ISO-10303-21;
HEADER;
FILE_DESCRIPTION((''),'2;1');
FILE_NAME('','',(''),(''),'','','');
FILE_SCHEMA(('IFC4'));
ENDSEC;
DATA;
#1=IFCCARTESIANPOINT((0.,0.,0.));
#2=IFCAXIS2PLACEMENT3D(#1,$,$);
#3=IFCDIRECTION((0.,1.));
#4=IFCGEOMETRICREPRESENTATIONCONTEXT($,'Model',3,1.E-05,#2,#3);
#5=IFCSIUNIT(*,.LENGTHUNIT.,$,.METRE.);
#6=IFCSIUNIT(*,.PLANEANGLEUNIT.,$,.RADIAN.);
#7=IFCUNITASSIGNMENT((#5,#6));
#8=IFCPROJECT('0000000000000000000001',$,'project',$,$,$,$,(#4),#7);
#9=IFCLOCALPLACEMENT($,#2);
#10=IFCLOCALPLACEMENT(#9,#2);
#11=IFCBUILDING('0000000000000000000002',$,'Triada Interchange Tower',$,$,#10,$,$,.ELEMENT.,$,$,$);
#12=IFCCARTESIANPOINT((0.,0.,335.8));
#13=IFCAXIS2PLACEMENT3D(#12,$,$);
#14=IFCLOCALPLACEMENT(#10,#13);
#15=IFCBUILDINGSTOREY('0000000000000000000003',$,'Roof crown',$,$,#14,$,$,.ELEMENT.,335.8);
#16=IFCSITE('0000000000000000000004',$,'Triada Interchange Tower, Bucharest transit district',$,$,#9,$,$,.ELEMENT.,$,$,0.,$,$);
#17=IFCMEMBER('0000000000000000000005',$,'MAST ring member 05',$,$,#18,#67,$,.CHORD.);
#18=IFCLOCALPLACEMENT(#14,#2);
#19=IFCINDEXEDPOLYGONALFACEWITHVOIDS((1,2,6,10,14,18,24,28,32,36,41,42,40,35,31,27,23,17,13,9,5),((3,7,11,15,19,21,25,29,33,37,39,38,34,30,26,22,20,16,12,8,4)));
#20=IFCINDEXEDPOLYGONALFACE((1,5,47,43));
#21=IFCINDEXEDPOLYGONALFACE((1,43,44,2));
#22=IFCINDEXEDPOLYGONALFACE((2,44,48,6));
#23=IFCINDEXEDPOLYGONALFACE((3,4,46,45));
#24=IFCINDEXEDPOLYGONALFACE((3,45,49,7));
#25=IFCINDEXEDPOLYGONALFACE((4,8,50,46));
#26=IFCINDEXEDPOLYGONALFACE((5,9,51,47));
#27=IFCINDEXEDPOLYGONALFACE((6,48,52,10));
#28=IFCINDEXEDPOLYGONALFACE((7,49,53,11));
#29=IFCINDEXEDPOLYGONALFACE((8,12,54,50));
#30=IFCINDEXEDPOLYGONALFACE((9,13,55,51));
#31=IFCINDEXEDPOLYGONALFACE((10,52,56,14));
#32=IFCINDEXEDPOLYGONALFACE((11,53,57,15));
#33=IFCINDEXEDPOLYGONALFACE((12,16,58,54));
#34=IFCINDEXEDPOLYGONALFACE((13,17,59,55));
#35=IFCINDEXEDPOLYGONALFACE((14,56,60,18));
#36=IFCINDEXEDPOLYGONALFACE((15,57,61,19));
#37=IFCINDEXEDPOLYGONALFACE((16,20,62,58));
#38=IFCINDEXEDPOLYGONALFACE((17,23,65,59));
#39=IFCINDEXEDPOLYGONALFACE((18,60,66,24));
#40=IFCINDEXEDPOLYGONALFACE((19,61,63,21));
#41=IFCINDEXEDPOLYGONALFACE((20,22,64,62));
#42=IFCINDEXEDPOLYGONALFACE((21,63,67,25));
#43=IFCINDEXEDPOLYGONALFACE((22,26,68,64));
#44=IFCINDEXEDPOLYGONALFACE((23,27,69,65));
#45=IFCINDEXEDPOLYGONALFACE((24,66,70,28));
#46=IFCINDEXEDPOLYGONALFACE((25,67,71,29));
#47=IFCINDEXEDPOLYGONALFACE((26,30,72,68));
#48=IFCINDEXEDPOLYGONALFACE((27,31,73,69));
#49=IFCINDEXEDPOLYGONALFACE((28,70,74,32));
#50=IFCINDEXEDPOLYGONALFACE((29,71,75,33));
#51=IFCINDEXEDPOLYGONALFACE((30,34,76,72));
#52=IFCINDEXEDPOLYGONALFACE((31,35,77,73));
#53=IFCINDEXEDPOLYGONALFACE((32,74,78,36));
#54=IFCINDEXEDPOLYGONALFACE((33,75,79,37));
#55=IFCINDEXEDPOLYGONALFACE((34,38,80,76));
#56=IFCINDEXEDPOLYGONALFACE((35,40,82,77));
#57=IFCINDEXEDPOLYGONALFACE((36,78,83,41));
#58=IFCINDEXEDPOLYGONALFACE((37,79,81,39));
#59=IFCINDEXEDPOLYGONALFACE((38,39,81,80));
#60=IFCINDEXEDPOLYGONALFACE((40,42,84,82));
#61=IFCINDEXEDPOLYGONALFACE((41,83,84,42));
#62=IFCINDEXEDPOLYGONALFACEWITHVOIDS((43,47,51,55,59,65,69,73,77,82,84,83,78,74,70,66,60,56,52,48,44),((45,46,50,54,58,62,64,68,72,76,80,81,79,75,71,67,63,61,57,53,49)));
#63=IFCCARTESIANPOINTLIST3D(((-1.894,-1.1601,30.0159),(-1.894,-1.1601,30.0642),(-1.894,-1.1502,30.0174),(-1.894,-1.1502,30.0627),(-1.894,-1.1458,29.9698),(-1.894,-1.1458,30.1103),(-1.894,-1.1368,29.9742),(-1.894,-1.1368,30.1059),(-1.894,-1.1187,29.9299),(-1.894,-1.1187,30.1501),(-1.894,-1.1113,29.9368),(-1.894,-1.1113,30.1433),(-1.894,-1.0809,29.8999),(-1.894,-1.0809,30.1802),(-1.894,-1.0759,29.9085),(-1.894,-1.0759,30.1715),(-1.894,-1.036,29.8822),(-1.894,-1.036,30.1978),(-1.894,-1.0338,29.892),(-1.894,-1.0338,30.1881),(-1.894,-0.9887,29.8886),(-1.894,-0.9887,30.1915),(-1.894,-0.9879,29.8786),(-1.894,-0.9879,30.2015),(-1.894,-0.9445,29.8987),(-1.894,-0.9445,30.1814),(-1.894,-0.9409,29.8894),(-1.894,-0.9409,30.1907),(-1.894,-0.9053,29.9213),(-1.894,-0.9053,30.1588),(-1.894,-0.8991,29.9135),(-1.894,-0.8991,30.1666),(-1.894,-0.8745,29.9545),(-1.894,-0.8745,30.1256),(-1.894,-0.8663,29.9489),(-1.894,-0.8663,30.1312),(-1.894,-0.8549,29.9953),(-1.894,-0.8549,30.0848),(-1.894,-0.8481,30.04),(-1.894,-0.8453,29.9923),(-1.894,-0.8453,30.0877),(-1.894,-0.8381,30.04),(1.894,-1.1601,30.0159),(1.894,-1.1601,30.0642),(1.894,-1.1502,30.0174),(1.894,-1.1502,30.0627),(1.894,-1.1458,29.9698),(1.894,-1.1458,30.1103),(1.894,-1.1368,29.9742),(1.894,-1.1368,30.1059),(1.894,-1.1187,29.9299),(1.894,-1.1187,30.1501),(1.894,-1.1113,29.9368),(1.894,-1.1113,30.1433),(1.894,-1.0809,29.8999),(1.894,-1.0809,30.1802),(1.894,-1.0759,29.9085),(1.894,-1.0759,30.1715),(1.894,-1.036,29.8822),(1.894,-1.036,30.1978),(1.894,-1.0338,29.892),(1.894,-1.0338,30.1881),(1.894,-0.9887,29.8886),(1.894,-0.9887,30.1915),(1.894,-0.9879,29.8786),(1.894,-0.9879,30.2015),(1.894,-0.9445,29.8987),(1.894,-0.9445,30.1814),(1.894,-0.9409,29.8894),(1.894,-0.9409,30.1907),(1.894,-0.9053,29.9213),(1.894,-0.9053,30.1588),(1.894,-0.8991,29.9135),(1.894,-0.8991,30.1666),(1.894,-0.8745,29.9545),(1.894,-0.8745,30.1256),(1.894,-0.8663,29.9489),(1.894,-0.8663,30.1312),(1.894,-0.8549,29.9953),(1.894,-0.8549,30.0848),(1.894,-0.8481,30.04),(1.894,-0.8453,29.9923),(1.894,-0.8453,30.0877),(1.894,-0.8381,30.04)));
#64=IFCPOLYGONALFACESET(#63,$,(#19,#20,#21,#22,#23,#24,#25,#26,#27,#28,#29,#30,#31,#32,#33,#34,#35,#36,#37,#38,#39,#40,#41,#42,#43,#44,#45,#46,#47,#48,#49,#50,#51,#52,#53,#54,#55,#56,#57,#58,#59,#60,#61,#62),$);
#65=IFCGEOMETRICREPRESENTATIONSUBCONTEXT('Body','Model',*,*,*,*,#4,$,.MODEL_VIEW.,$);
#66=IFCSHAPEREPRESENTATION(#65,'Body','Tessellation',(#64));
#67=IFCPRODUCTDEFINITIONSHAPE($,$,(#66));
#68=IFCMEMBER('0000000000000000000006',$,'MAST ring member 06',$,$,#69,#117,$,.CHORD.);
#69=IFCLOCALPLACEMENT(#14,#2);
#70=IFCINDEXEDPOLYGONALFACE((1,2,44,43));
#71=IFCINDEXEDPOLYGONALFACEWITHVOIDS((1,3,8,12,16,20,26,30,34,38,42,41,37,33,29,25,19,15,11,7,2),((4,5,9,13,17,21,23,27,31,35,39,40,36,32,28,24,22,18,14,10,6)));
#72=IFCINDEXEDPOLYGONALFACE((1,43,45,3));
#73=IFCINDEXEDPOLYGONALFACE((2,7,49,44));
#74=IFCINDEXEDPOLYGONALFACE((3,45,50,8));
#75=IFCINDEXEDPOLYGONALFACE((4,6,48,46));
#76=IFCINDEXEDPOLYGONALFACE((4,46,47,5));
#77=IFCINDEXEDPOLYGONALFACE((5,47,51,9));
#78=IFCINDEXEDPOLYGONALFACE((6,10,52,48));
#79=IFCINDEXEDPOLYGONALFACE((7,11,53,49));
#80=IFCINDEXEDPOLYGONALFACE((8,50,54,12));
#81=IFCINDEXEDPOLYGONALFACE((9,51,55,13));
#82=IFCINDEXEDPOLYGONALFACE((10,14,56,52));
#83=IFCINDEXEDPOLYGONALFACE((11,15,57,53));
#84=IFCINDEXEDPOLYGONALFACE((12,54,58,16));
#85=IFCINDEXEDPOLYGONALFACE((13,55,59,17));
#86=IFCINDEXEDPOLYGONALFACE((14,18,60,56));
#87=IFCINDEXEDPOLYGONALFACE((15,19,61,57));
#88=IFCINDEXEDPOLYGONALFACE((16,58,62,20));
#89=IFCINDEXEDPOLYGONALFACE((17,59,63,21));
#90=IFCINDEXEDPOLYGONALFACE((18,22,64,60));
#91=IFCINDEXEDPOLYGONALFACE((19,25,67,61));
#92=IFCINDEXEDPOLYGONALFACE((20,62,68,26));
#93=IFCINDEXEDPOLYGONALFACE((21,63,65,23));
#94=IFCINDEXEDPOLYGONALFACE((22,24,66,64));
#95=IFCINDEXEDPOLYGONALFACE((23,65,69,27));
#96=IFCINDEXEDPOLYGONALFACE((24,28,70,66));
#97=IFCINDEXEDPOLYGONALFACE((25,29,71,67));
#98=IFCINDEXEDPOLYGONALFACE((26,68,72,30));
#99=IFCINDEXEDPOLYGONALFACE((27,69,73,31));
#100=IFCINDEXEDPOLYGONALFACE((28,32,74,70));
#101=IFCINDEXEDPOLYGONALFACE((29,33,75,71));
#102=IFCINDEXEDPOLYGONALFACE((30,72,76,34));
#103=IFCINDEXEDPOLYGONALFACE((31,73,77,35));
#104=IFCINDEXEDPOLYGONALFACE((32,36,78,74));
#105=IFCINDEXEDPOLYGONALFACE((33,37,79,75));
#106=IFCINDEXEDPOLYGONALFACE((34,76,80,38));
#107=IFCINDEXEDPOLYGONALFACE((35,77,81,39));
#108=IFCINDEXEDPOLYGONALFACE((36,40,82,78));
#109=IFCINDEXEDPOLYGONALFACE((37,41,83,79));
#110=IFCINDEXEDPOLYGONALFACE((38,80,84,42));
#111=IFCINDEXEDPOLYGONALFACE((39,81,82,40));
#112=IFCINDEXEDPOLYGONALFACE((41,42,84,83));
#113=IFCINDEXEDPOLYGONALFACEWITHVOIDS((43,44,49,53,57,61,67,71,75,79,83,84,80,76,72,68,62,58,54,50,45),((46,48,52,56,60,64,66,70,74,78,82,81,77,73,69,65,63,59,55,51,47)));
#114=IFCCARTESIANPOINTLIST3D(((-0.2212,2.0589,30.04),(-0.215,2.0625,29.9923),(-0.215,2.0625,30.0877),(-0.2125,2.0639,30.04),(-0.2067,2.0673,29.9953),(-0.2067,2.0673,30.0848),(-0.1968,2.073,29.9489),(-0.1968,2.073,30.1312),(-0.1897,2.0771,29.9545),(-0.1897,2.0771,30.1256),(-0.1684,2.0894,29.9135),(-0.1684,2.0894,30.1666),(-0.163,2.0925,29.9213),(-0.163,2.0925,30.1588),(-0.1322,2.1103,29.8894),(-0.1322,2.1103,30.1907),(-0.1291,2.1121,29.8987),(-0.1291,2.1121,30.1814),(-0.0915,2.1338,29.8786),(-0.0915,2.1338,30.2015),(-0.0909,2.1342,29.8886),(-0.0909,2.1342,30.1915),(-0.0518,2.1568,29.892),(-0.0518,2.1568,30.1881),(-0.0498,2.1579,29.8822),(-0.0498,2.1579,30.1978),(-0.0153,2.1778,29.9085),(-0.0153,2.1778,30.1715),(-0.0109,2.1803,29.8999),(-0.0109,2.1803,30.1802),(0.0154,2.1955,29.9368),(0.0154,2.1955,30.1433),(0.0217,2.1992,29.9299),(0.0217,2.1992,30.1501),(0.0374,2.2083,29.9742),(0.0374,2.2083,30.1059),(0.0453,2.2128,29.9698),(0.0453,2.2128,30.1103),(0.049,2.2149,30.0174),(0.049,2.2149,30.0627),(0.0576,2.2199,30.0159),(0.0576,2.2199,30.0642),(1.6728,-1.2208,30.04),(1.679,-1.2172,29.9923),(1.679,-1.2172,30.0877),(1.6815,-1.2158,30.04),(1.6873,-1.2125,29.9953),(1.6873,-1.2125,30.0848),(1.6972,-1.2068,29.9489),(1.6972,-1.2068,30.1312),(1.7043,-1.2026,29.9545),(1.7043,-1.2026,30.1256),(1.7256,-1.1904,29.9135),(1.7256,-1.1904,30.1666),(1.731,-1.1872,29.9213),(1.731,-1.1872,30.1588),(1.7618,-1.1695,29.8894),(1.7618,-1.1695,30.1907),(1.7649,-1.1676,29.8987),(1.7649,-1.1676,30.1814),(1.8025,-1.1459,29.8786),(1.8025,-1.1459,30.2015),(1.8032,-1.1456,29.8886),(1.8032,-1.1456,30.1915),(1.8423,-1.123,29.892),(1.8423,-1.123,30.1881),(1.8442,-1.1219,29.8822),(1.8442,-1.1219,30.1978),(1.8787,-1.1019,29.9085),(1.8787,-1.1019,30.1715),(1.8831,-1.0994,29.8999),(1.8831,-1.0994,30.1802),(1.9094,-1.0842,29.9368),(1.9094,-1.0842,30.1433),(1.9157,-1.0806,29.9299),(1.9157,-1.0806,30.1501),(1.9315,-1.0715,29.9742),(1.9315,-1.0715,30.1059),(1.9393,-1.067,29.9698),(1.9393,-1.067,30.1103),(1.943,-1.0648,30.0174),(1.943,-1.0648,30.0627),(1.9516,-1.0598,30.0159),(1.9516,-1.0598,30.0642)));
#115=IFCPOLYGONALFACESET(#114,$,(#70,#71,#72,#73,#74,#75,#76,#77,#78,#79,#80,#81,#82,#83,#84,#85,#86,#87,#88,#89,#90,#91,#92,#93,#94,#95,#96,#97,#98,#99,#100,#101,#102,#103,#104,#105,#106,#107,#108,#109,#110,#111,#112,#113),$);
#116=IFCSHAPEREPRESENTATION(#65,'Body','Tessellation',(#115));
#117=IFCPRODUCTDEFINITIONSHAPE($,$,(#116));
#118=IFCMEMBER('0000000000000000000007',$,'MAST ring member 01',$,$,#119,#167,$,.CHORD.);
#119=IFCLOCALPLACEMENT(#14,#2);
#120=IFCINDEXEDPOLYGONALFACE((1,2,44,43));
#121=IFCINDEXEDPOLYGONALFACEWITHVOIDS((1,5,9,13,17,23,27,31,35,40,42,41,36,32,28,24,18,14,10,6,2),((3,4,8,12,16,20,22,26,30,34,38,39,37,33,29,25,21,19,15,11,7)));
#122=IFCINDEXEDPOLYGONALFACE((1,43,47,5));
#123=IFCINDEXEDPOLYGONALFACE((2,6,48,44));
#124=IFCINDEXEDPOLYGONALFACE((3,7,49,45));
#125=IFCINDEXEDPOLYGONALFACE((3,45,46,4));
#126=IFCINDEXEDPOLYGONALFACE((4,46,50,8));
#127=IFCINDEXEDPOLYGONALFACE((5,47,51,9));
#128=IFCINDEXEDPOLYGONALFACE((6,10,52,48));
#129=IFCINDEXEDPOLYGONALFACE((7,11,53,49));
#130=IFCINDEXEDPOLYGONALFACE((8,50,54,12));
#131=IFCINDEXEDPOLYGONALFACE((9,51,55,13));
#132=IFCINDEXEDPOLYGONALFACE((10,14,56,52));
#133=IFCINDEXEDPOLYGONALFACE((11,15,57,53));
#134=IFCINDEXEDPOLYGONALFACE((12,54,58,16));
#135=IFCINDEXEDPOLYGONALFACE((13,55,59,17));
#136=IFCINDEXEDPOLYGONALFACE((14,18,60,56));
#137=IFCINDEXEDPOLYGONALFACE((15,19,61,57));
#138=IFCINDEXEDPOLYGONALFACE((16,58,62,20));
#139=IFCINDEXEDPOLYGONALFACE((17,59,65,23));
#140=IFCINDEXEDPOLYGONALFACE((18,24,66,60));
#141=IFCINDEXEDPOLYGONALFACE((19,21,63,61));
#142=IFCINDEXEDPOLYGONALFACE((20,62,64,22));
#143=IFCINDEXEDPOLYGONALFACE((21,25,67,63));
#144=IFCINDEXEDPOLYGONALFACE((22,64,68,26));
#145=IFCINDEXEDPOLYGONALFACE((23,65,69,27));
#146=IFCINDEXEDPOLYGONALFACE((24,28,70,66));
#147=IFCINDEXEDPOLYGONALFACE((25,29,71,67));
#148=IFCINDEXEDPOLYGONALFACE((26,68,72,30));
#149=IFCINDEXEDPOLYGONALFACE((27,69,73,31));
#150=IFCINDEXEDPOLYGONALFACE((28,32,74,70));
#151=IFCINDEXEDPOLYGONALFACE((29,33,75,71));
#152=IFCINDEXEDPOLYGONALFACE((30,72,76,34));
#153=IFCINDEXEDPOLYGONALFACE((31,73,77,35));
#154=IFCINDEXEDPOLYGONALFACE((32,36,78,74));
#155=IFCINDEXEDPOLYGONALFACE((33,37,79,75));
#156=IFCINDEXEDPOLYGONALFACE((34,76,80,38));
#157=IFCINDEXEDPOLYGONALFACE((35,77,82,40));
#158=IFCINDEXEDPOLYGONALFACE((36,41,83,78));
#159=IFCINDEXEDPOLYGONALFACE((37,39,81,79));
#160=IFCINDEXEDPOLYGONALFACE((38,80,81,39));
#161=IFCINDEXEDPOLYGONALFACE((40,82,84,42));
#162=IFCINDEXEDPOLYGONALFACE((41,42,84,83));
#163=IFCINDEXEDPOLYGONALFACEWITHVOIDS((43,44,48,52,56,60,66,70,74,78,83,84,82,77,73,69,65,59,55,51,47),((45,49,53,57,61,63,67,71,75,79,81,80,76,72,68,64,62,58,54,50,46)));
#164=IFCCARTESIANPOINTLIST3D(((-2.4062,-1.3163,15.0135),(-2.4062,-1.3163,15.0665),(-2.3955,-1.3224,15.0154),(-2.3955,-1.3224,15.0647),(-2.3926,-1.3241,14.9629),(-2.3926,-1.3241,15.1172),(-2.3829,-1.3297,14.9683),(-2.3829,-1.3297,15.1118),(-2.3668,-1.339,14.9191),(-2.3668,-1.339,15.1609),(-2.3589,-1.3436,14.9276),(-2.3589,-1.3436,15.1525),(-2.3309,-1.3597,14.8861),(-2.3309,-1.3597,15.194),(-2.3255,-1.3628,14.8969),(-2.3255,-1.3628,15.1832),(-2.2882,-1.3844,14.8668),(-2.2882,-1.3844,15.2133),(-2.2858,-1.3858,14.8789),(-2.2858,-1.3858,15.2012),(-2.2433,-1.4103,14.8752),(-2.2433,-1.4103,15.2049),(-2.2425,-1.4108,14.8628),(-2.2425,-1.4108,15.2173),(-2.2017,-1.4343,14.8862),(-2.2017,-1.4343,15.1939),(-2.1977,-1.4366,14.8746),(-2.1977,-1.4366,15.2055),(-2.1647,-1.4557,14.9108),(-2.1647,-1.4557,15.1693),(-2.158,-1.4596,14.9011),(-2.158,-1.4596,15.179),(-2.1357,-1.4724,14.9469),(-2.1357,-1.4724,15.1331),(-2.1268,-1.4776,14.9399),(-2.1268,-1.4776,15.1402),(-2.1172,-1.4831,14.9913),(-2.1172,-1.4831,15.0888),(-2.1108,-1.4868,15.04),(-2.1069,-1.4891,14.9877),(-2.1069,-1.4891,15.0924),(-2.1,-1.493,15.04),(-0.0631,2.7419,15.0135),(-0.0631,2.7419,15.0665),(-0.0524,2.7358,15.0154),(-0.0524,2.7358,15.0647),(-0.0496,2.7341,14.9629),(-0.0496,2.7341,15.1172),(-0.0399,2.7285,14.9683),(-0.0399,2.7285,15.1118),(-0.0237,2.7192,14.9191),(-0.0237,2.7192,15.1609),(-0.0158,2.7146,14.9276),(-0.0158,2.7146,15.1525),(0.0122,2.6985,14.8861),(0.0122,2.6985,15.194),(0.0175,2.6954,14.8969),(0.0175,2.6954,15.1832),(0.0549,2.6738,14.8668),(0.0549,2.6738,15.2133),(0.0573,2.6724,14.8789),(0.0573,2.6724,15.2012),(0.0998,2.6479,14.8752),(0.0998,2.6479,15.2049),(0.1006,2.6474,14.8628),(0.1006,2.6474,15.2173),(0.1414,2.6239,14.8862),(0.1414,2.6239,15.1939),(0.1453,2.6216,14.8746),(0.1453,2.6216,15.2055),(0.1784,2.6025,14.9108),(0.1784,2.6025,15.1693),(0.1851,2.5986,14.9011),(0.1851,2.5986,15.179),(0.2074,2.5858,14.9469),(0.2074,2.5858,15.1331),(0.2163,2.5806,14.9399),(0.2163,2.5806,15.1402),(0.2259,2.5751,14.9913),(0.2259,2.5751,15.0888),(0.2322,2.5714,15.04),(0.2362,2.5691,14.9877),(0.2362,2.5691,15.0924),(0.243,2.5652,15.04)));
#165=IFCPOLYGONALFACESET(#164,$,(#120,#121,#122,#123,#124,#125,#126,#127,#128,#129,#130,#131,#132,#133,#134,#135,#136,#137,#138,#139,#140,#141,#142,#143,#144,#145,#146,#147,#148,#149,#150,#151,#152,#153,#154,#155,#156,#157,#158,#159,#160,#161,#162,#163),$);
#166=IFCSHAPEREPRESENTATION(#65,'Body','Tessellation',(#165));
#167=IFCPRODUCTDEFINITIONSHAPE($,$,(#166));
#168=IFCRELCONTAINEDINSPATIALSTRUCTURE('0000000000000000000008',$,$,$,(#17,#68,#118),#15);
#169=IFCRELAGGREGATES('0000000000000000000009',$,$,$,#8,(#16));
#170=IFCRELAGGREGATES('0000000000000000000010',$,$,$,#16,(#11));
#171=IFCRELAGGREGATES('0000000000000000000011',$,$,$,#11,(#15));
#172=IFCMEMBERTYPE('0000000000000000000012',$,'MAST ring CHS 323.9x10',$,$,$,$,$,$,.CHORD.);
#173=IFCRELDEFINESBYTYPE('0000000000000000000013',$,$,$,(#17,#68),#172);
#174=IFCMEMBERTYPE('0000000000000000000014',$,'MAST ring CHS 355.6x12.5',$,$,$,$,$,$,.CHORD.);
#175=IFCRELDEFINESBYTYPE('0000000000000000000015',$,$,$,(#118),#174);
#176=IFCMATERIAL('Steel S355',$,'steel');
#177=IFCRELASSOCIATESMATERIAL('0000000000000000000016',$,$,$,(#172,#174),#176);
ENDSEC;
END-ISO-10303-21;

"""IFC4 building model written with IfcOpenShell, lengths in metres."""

from ifc_helpers import new_model, si_unit, direction, frame, origin, origin_2d, place, context, subcontext, project, spatial, hollow_circle, extrude, material, material_profile, profile_set, type_object, element, save


model = new_model("IFC4")

# Units and contexts
model_context = context("Model", 3, precision=1e-05, world=origin(), true_north=direction((0.0, 1.0)))
body_context = subcontext(model_context, "Body", "Model", "MODEL_VIEW")
ifc_project = project(units=[si_unit("LENGTHUNIT", "METRE"), si_unit("PLANEANGLEUNIT", "RADIAN")], contexts=[model_context])

# Site, building, storey
site_placement = place(None, origin())
site = spatial("IfcSite", under=ifc_project, at=site_placement, Name="Triada Interchange Tower, Bucharest transit district", CompositionType="ELEMENT", RefElevation=0.0)
building_placement = place(site_placement, origin())
building = spatial("IfcBuilding", under=site, at=building_placement, Name="Triada Interchange Tower", CompositionType="ELEMENT")
storey_placement = place(building_placement, frame((0.0, 0.0, 335.8)))
storey = spatial("IfcBuildingStorey", under=building, at=storey_placement, Name="Roof crown", CompositionType="ELEMENT", Elevation=335.8)

# Members
ifc_material = material(Name="Steel S355", Category="steel")
ifc_material_profile_1 = material_profile(ifc_material, hollow_circle(Radius=0.1619, WallThickness=0.01, at=origin_2d()), Name="CHS 323.9x10")
ifc_profile_set_1 = profile_set([ifc_material_profile_1], Name="Steel S355")
member_type_1 = type_object("IfcMemberType", Name="MAST ring CHS 323.9x10", PredefinedType="CHORD", material=ifc_profile_set_1)
member_1_placement = place(storey_placement, frame((-1.894, -1.0, 30.04), z_axis=(1.0, 0.0, 0.0), x_axis=(0.0, 1.0, 0.0)))
element("IfcMember", 1, at=member_1_placement, inside=storey, type_object=member_type_1, Name="MAST ring member 05", PredefinedType="CHORD", context=body_context, shape_type="SweptSolid", body=[
    extrude(hollow_circle(Radius=0.1619, WallThickness=0.01, at=origin_2d()), origin(), (0.0, 0.0, 1.0), 3.7881),
])
member_2_placement = place(storey_placement, frame((1.813, -1.1399, 30.04), z_axis=(-0.500091, 0.865973, 0.0), x_axis=(-0.865973, -0.500091, 0.0)))
element("IfcMember", 2, at=member_2_placement, inside=storey, type_object=member_type_1, Name="MAST ring member 06", PredefinedType="CHORD", context=body_context, shape_type="SweptSolid", body=[
    extrude(hollow_circle(Radius=0.1619, WallThickness=0.01, at=origin_2d()), origin(), (0.0, 0.0, 1.0), 3.7874),
])
ifc_material_profile_2 = material_profile(ifc_material, hollow_circle(Radius=0.1777, WallThickness=0.0125, at=origin_2d()), Name="CHS 355.6x12.5")
ifc_profile_set_2 = profile_set([ifc_material_profile_2], Name="Steel S355")
member_type_2 = type_object("IfcMemberType", Name="MAST ring CHS 355.6x12.5", PredefinedType="CHORD", material=ifc_profile_set_2)
for number, where, z_axis, x_axis, name in (
    (3, (0.0891, 2.6541, 15.04), (-0.500011, -0.866019, 0.0), (0.866019, -0.500011, 0.0), "MAST ring member 01"),
):
    element("IfcMember", number, at=place(storey_placement, frame(where, z_axis=z_axis, x_axis=x_axis)), inside=storey, type_object=member_type_2, Name=name, PredefinedType="CHORD", context=body_context, shape_type="SweptSolid", body=[
        extrude(hollow_circle(Radius=0.1777, WallThickness=0.0125, at=origin_2d()), origin(), (0.0, 0.0, 1.0), 4.686),
    ])

save(model, "model.ifc")
